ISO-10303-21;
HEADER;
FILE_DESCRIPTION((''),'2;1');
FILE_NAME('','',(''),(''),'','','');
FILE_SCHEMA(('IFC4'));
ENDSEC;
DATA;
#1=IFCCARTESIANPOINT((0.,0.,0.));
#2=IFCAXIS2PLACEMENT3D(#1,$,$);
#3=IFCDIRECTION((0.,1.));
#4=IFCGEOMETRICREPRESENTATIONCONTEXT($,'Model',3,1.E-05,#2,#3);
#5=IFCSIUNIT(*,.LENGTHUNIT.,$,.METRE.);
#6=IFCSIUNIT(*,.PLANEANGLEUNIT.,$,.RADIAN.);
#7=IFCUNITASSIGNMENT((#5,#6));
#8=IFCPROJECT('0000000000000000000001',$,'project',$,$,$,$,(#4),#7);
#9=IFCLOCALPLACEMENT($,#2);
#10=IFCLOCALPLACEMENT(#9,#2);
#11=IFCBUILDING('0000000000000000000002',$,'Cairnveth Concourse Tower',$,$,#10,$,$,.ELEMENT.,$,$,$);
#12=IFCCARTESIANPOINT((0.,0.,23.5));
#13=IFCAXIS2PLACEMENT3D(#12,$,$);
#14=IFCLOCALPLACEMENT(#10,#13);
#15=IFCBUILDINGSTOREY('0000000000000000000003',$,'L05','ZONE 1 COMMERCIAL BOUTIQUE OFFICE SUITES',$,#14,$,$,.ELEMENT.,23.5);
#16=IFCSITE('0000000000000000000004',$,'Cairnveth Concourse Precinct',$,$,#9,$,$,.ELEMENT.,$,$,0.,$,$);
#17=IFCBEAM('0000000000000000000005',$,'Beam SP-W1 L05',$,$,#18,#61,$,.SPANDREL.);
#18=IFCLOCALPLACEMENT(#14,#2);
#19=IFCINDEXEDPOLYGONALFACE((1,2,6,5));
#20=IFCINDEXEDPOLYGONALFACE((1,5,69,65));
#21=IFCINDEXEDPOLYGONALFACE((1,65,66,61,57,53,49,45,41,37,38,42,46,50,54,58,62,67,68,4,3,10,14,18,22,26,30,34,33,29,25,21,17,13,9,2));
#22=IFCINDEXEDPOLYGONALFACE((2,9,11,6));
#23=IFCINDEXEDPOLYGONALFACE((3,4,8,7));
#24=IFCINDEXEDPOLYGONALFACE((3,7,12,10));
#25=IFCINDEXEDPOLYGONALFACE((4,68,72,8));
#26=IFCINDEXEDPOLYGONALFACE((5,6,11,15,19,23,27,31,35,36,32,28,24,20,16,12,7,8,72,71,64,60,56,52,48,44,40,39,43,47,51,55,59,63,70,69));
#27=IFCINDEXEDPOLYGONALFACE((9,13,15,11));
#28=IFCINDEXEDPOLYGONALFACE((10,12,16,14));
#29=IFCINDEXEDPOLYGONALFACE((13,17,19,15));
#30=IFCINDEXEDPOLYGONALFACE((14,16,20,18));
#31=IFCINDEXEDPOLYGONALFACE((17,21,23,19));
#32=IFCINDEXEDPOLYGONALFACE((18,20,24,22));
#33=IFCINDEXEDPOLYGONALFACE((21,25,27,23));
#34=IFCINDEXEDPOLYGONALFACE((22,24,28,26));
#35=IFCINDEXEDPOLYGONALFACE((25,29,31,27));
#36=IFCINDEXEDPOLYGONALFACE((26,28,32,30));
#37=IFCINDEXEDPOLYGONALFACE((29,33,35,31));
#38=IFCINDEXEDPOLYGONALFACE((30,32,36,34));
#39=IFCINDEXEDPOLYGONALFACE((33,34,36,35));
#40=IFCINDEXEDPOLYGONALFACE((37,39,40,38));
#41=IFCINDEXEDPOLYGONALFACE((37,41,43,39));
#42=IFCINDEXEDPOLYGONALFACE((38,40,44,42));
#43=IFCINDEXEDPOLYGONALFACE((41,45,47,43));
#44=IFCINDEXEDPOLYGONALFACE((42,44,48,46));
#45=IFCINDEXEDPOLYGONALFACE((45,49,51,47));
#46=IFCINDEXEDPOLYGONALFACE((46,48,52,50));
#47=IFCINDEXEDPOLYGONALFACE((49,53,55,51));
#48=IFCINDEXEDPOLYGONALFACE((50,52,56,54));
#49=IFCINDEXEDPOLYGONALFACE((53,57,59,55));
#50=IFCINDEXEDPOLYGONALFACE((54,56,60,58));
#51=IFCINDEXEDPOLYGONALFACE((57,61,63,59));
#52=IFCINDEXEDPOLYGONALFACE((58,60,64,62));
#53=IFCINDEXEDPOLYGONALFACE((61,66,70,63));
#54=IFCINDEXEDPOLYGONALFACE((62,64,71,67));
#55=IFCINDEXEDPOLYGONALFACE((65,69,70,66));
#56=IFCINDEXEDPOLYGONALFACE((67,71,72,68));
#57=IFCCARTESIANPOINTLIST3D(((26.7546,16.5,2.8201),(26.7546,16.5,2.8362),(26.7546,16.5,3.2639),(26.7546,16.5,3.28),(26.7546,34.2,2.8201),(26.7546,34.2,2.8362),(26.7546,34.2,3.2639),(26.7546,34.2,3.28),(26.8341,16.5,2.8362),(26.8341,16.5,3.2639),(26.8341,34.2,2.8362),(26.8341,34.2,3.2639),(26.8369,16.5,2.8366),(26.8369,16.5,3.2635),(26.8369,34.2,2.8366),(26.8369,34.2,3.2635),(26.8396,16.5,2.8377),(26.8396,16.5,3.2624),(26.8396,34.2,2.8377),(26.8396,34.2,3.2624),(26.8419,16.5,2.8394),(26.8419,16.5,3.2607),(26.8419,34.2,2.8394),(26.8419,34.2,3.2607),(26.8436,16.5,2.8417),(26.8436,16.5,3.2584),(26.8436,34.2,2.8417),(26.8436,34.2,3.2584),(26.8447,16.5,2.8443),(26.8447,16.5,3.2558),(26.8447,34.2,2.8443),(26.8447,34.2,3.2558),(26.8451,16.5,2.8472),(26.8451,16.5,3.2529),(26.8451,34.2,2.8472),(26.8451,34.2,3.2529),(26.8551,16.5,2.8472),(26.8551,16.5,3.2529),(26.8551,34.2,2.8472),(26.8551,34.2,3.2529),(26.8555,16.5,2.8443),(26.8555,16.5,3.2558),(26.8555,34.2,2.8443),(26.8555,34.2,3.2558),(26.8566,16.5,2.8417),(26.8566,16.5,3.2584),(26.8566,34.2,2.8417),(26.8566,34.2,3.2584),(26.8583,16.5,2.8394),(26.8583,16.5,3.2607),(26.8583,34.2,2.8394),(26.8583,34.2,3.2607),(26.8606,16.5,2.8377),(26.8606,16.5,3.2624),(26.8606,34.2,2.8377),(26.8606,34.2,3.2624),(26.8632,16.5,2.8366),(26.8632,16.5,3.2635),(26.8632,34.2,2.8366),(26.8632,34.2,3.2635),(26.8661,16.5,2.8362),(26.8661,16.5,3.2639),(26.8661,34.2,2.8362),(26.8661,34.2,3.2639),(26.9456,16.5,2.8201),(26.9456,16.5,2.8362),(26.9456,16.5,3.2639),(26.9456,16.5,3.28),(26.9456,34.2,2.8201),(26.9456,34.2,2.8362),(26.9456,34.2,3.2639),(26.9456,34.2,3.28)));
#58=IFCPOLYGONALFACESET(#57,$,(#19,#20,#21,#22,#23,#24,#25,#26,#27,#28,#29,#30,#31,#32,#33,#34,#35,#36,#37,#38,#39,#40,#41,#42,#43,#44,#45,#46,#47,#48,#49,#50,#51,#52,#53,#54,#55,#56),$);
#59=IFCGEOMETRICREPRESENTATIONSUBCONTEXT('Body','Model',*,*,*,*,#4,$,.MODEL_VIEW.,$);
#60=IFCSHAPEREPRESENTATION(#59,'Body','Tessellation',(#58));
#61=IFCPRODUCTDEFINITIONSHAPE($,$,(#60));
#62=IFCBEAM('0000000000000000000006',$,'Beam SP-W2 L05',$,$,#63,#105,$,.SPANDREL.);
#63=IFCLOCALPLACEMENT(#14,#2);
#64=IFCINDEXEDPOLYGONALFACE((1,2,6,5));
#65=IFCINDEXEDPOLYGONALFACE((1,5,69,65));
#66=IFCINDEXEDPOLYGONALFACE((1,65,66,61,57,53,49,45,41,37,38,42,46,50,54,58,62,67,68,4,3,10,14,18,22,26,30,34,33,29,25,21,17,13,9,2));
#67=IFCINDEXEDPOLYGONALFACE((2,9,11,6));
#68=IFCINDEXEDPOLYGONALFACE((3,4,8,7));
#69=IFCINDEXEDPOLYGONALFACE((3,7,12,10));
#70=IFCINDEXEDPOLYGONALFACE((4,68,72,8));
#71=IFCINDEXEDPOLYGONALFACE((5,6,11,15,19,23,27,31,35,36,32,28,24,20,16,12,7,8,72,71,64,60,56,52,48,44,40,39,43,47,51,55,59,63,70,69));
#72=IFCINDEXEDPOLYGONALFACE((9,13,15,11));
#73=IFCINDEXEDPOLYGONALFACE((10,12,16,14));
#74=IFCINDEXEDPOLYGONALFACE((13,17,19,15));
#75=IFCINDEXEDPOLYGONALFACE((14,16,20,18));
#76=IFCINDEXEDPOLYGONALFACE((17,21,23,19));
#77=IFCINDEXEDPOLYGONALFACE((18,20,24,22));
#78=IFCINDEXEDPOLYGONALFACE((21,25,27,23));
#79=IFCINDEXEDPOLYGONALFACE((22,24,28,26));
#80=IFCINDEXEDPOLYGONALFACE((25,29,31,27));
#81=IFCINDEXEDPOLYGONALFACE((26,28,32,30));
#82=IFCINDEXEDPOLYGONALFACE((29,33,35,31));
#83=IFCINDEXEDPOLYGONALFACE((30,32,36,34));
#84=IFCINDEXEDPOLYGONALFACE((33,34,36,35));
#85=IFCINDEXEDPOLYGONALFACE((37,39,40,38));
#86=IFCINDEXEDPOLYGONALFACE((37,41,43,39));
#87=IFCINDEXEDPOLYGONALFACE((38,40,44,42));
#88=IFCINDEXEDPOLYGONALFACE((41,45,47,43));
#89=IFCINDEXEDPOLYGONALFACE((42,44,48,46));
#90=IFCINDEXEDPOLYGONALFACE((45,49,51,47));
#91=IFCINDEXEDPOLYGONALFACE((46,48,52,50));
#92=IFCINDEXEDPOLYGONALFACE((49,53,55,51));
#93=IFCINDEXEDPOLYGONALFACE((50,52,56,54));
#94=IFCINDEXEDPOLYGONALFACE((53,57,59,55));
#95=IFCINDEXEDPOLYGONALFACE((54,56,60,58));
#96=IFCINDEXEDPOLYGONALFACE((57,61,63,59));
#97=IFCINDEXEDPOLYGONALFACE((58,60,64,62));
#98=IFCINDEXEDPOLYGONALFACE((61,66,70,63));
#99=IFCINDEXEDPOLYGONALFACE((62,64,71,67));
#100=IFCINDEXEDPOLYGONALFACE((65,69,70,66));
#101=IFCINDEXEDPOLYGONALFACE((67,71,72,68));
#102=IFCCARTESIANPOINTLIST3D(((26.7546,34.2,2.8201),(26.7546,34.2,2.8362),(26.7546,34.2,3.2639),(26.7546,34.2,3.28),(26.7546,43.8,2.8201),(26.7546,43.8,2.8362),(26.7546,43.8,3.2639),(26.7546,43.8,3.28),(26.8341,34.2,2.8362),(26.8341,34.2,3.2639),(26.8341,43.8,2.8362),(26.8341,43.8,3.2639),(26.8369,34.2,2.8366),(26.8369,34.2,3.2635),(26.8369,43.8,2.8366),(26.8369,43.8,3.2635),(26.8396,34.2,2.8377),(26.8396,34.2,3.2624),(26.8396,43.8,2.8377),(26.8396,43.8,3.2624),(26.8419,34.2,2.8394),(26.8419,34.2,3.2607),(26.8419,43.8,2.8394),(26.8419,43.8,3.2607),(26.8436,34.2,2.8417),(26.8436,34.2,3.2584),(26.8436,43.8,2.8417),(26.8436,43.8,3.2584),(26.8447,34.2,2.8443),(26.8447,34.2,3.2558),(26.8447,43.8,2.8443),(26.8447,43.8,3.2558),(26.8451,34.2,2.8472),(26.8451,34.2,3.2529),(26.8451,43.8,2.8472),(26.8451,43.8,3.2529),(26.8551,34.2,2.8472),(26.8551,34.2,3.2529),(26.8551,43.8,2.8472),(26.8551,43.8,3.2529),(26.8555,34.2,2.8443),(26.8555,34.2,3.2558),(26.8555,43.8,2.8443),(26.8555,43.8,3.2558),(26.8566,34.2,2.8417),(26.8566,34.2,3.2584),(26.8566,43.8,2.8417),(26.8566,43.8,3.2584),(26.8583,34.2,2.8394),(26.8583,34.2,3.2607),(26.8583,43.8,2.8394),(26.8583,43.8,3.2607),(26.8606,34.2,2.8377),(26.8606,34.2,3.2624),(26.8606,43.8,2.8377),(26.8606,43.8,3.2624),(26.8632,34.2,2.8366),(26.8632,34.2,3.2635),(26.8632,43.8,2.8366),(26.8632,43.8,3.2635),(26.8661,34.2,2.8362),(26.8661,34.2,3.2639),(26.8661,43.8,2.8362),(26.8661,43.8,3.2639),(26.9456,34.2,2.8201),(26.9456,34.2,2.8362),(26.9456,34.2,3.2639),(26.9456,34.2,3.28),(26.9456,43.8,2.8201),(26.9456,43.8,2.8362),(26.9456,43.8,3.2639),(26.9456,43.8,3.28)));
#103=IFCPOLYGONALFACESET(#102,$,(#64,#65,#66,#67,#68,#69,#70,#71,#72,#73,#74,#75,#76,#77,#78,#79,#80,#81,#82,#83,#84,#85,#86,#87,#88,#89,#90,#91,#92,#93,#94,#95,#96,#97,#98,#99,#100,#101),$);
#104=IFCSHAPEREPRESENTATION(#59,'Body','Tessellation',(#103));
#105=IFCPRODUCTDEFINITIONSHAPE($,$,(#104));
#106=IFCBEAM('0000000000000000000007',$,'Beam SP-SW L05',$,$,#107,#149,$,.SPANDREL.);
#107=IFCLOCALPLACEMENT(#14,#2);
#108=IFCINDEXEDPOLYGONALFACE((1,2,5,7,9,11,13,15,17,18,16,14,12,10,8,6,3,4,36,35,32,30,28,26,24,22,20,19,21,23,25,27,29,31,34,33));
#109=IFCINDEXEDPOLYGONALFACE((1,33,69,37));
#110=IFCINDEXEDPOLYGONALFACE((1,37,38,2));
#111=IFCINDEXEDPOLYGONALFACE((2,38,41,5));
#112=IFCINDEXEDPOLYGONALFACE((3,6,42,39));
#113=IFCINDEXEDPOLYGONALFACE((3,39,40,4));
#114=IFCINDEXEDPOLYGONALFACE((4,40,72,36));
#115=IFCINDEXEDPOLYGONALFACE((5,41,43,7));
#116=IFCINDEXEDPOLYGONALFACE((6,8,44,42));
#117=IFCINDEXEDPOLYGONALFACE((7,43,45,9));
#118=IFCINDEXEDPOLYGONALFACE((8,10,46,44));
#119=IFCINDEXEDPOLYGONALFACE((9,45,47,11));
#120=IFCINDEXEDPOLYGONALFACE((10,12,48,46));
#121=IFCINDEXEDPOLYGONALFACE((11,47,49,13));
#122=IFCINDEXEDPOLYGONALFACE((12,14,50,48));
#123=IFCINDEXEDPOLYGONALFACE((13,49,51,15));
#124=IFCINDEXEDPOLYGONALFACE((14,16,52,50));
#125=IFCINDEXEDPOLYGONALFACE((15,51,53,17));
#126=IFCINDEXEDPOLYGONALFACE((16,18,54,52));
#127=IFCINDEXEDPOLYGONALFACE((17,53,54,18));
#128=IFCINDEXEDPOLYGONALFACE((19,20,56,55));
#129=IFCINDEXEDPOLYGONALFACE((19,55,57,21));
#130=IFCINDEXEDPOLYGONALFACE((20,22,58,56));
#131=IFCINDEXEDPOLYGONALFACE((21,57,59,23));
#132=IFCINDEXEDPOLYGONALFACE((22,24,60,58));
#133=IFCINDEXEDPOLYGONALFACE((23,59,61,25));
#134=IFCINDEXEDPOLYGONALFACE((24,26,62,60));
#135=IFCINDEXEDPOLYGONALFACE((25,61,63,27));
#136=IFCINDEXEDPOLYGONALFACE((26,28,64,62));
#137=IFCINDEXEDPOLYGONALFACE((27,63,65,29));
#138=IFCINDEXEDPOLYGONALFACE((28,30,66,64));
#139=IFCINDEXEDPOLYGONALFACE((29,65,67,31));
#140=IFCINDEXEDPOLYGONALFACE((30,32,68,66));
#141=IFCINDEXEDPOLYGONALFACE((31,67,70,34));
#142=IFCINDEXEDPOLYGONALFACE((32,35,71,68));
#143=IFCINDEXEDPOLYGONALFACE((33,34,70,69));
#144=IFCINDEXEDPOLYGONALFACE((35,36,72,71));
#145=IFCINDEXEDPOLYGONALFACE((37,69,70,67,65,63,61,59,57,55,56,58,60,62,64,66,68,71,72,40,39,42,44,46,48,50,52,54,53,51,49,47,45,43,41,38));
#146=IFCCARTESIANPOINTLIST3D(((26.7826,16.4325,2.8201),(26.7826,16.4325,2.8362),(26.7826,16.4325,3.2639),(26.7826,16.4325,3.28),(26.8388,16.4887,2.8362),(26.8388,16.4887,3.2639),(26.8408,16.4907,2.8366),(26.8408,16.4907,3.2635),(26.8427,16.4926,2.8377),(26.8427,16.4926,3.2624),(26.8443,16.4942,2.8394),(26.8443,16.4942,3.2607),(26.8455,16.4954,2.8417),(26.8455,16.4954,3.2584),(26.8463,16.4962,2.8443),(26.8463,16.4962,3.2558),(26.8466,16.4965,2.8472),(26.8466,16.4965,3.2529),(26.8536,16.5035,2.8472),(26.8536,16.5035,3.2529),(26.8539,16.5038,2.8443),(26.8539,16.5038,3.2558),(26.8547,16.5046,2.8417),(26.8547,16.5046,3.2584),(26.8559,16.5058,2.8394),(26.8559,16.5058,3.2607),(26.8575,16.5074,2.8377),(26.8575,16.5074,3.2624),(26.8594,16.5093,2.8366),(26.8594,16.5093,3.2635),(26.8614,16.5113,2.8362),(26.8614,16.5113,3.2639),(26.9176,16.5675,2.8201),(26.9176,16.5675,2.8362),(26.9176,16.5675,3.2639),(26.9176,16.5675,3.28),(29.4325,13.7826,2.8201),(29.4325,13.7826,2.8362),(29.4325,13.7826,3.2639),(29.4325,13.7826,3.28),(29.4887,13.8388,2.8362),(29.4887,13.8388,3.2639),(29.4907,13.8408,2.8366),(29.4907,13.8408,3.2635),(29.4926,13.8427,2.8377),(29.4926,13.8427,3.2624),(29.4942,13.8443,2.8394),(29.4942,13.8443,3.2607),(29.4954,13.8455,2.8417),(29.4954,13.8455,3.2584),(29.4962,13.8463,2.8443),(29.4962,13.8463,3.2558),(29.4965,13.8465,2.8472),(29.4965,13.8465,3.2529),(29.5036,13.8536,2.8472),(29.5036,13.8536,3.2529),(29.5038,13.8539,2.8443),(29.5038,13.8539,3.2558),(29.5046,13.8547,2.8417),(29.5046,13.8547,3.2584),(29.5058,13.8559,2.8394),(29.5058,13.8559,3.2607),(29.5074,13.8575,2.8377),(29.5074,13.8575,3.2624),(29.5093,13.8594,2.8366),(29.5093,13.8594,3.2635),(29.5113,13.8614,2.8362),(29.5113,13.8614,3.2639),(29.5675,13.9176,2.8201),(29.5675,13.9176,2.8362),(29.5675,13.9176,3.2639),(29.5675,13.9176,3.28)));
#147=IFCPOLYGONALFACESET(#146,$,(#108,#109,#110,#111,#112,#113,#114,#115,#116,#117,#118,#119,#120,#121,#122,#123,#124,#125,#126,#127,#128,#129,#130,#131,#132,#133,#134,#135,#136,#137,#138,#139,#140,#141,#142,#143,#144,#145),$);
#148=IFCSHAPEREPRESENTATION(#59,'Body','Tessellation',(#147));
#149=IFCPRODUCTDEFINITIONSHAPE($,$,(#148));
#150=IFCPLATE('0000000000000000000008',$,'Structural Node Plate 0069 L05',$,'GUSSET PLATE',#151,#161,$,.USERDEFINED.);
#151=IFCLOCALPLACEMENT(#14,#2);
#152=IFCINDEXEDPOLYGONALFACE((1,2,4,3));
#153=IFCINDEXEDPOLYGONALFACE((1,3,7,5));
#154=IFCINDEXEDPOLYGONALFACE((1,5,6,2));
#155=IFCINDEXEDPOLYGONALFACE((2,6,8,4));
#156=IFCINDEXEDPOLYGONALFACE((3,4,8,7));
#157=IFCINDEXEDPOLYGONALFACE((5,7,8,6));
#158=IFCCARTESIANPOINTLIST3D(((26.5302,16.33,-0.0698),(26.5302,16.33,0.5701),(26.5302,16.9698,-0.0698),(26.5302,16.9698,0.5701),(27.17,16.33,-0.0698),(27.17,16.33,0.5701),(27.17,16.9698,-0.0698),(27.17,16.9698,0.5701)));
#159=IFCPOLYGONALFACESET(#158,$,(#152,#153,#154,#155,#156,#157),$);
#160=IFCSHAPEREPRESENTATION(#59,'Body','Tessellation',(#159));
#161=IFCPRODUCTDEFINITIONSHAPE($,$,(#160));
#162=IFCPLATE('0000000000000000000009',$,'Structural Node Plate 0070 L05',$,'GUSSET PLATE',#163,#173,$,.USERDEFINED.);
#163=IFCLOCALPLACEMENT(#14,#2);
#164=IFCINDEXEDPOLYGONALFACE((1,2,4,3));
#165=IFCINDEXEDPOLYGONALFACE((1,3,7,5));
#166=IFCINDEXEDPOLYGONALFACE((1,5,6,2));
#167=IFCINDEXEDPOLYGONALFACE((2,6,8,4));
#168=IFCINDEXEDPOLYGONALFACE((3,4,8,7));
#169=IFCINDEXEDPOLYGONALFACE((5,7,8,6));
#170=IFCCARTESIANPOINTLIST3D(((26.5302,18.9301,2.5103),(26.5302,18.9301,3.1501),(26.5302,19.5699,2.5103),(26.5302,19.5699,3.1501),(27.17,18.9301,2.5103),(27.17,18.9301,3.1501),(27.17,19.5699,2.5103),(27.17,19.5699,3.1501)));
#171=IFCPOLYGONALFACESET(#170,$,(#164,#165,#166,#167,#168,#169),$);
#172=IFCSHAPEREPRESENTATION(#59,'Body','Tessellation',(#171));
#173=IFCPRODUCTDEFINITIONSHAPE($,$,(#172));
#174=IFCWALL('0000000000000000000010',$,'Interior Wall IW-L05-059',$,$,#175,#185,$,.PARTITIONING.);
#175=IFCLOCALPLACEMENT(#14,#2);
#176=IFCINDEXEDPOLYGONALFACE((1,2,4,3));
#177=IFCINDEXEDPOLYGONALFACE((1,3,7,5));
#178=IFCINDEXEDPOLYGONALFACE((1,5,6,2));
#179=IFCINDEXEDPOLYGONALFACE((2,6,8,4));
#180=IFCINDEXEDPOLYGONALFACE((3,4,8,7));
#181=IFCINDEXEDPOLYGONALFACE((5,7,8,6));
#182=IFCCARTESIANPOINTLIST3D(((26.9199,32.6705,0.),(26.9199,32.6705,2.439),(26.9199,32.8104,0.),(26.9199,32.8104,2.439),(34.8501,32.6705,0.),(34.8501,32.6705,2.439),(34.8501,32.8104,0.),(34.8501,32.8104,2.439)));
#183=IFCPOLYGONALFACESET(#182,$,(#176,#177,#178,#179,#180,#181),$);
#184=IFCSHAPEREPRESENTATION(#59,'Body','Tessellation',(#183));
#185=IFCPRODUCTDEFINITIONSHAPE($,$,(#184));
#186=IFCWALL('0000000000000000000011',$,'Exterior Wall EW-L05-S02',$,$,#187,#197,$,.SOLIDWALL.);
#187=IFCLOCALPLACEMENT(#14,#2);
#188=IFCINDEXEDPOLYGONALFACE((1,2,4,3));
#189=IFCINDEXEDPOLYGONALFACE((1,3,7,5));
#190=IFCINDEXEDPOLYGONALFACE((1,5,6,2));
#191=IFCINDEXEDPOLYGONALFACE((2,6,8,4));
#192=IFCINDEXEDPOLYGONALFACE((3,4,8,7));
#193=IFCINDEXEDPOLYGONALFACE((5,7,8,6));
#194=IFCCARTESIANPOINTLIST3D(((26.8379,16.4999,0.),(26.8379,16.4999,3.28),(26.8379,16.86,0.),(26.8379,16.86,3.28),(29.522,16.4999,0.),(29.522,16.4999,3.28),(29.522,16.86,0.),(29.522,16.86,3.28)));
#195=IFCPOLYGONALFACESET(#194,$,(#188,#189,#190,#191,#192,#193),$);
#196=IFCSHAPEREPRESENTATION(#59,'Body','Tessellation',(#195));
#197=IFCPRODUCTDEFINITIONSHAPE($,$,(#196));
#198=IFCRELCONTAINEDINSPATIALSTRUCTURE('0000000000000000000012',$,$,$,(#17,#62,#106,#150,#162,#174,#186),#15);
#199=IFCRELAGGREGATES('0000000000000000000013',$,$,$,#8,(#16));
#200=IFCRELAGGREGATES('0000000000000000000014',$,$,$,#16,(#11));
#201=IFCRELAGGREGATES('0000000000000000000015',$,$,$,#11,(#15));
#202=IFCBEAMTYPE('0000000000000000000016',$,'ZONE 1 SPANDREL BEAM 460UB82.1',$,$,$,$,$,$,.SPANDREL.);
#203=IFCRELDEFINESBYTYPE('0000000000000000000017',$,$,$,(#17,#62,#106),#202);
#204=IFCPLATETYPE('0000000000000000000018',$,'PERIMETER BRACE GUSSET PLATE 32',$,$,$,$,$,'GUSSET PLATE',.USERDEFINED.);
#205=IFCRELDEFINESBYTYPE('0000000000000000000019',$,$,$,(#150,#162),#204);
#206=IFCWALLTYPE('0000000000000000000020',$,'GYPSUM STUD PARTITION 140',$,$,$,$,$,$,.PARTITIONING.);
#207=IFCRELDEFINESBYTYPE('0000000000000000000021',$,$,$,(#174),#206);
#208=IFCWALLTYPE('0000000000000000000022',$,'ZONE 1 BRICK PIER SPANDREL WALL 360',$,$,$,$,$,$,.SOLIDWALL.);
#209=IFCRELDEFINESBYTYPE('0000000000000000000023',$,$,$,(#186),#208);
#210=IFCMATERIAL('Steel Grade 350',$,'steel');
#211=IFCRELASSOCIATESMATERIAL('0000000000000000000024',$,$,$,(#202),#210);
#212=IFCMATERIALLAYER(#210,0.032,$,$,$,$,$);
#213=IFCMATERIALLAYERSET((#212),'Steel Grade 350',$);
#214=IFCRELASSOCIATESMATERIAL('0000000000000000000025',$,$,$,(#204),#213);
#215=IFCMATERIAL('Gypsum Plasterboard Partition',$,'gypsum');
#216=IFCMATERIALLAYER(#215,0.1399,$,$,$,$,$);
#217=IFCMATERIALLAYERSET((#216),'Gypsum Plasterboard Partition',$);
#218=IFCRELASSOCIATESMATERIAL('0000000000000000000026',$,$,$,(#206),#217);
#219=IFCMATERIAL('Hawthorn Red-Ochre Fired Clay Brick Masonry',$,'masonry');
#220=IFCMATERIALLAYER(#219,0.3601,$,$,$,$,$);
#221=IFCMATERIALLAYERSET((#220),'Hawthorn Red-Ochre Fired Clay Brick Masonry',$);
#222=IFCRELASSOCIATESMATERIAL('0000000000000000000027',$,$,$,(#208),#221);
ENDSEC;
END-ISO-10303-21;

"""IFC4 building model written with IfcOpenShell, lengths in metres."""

from ifc_helpers import new_model, si_unit, direction, frame, frame_2d, origin, origin_2d, place, context, subcontext, project, spatial, rectangle, i_section, extrude, material, layer, layer_set, material_profile, profile_set, type_object, element, save


model = new_model("IFC4")

# Units and contexts
model_context = context("Model", 3, precision=1e-05, world=origin(), true_north=direction((0.0, 1.0)))
body_context = subcontext(model_context, "Body", "Model", "MODEL_VIEW")
ifc_project = project(units=[si_unit("LENGTHUNIT", "METRE"), si_unit("PLANEANGLEUNIT", "RADIAN")], contexts=[model_context])

# Site, building, storey
site_placement = place(None, origin())
site = spatial("IfcSite", under=ifc_project, at=site_placement, Name="Cairnveth Concourse Precinct", CompositionType="ELEMENT", RefElevation=0.0)
building_placement = place(site_placement, origin())
building = spatial("IfcBuilding", under=site, at=building_placement, Name="Cairnveth Concourse Tower", CompositionType="ELEMENT")
storey_placement = place(building_placement, frame((0.0, 0.0, 23.5)))
storey = spatial("IfcBuildingStorey", under=building, at=storey_placement, Name="L05", Description="ZONE 1 COMMERCIAL BOUTIQUE OFFICE SUITES", CompositionType="ELEMENT", Elevation=23.5)

# Shared definitions
ifc_material_1 = material(Name="Steel Grade 350", Category="steel")

# Beams
ifc_material_profile_1 = material_profile(ifc_material_1, i_section(OverallWidth=0.1909, OverallDepth=0.46, WebThickness=0.01, FlangeThickness=0.0161, FilletRadius=0.011, at=origin_2d()), Name="460UB82.1")
ifc_profile_set_1 = profile_set([ifc_material_profile_1], Name="Steel Grade 350")
beam_type_1 = type_object("IfcBeamType", Name="ZONE 1 SPANDREL BEAM 460UB82.1", PredefinedType="SPANDREL", material=ifc_profile_set_1)
beam_1_placement = place(storey_placement, frame((26.8501, 16.5, 3.05), z_axis=(0.0, 1.0, 0.0), x_axis=(-1.0, 0.0, 0.0)))
element("IfcBeam", 1, at=beam_1_placement, inside=storey, type_object=beam_type_1, Name="Beam SP-W1 L05", PredefinedType="SPANDREL", context=body_context, shape_type="SweptSolid", body=[
    extrude(i_section(OverallWidth=0.1909, OverallDepth=0.46, WebThickness=0.01, FlangeThickness=0.0161, FilletRadius=0.011, at=origin_2d()), origin(), (0.0, 0.0, 1.0), 17.7),
])
beam_2_placement = place(storey_placement, frame((26.8501, 34.2, 3.05), z_axis=(0.0, 1.0, 0.0), x_axis=(-1.0, 0.0, 0.0)))
element("IfcBeam", 2, at=beam_2_placement, inside=storey, type_object=beam_type_1, Name="Beam SP-W2 L05", PredefinedType="SPANDREL", context=body_context, shape_type="SweptSolid", body=[
    extrude(i_section(OverallWidth=0.1909, OverallDepth=0.46, WebThickness=0.01, FlangeThickness=0.0161, FilletRadius=0.011, at=origin_2d()), origin(), (0.0, 0.0, 1.0), 9.6001),
])
beam_3_placement = place(storey_placement, frame((26.8501, 16.5, 3.05), z_axis=(0.707107, -0.707107, 0.0), x_axis=(0.707107, 0.707107, 0.0)))
element("IfcBeam", 3, at=beam_3_placement, inside=storey, type_object=beam_type_1, Name="Beam SP-SW L05", PredefinedType="SPANDREL", context=body_context, shape_type="SweptSolid", body=[
    extrude(i_section(OverallWidth=0.1909, OverallDepth=0.46, WebThickness=0.01, FlangeThickness=0.0161, FilletRadius=0.011, at=origin_2d()), origin(), (0.0, 0.0, 1.0), 3.7476),
])

# Plates
ifc_layer_1 = layer(ifc_material_1, 0.032)
ifc_layer_set_1 = layer_set([ifc_layer_1], Name="Steel Grade 350")
plate_type = type_object("IfcPlateType", Name="PERIMETER BRACE GUSSET PLATE 32", ElementType="GUSSET PLATE", PredefinedType="USERDEFINED", material=ifc_layer_set_1)
for number, where, z_axis, x_axis, name in (
    (4, (26.8501, 16.6499, -0.0698), (0.0, 0.0, 1.0), (1.0, 0.0, 0.0), "Structural Node Plate 0069 L05"),
    (5, (26.8501, 19.25, 2.5103), (0.0, 0.0, 1.0), (1.0, 0.0, 0.0), "Structural Node Plate 0070 L05"),
):
    element("IfcPlate", number, at=place(storey_placement, frame(where, z_axis=z_axis, x_axis=x_axis)), inside=storey, type_object=plate_type, Name=name, ObjectType="GUSSET PLATE", PredefinedType="USERDEFINED", context=body_context, shape_type="SweptSolid", body=[
        extrude(rectangle(XDim=0.6399, YDim=0.6399, at=origin_2d()), origin(), (0.0, 0.0, 1.0), 0.6399),
    ])

# Walls
ifc_material_2 = material(Name="Gypsum Plasterboard Partition", Category="gypsum")
ifc_layer_2 = layer(ifc_material_2, 0.1399)
ifc_layer_set_2 = layer_set([ifc_layer_2], Name="Gypsum Plasterboard Partition")
wall_type_1 = type_object("IfcWallType", Name="GYPSUM STUD PARTITION 140", PredefinedType="PARTITIONING", material=ifc_layer_set_2)
wall_1_placement = place(storey_placement, frame((26.9199, 32.7405, 0.0), z_axis=(0.0, 0.0, 1.0), x_axis=(1.0, 0.0, 0.0)))
element("IfcWall", 6, at=wall_1_placement, inside=storey, type_object=wall_type_1, Name="Interior Wall IW-L05-059", PredefinedType="PARTITIONING", context=body_context, shape_type="SweptSolid", body=[
    extrude(rectangle(XDim=7.9302, YDim=0.1399, at=frame_2d((3.9651, 0.0))), origin(), (0.0, 0.0, 1.0), 2.439),
])
ifc_material_3 = material(Name="Hawthorn Red-Ochre Fired Clay Brick Masonry", Category="masonry")
ifc_layer_3 = layer(ifc_material_3, 0.3601)
ifc_layer_set_3 = layer_set([ifc_layer_3], Name="Hawthorn Red-Ochre Fired Clay Brick Masonry")
wall_type_2 = type_object("IfcWallType", Name="ZONE 1 BRICK PIER SPANDREL WALL 360", PredefinedType="SOLIDWALL", material=ifc_layer_set_3)
wall_2_placement = place(storey_placement, frame((29.522, 16.6799, 0.0), z_axis=(0.0, 0.0, 1.0), x_axis=(-1.0, 0.0, 0.0)))
element("IfcWall", 7, at=wall_2_placement, inside=storey, type_object=wall_type_2, Name="Exterior Wall EW-L05-S02", PredefinedType="SOLIDWALL", context=body_context, shape_type="SweptSolid", body=[
    extrude(rectangle(XDim=2.6841, YDim=0.3601, at=frame_2d((1.342, 0.0))), origin(), (0.0, 0.0, 1.0), 3.28),
])

save(model, "model.ifc")
